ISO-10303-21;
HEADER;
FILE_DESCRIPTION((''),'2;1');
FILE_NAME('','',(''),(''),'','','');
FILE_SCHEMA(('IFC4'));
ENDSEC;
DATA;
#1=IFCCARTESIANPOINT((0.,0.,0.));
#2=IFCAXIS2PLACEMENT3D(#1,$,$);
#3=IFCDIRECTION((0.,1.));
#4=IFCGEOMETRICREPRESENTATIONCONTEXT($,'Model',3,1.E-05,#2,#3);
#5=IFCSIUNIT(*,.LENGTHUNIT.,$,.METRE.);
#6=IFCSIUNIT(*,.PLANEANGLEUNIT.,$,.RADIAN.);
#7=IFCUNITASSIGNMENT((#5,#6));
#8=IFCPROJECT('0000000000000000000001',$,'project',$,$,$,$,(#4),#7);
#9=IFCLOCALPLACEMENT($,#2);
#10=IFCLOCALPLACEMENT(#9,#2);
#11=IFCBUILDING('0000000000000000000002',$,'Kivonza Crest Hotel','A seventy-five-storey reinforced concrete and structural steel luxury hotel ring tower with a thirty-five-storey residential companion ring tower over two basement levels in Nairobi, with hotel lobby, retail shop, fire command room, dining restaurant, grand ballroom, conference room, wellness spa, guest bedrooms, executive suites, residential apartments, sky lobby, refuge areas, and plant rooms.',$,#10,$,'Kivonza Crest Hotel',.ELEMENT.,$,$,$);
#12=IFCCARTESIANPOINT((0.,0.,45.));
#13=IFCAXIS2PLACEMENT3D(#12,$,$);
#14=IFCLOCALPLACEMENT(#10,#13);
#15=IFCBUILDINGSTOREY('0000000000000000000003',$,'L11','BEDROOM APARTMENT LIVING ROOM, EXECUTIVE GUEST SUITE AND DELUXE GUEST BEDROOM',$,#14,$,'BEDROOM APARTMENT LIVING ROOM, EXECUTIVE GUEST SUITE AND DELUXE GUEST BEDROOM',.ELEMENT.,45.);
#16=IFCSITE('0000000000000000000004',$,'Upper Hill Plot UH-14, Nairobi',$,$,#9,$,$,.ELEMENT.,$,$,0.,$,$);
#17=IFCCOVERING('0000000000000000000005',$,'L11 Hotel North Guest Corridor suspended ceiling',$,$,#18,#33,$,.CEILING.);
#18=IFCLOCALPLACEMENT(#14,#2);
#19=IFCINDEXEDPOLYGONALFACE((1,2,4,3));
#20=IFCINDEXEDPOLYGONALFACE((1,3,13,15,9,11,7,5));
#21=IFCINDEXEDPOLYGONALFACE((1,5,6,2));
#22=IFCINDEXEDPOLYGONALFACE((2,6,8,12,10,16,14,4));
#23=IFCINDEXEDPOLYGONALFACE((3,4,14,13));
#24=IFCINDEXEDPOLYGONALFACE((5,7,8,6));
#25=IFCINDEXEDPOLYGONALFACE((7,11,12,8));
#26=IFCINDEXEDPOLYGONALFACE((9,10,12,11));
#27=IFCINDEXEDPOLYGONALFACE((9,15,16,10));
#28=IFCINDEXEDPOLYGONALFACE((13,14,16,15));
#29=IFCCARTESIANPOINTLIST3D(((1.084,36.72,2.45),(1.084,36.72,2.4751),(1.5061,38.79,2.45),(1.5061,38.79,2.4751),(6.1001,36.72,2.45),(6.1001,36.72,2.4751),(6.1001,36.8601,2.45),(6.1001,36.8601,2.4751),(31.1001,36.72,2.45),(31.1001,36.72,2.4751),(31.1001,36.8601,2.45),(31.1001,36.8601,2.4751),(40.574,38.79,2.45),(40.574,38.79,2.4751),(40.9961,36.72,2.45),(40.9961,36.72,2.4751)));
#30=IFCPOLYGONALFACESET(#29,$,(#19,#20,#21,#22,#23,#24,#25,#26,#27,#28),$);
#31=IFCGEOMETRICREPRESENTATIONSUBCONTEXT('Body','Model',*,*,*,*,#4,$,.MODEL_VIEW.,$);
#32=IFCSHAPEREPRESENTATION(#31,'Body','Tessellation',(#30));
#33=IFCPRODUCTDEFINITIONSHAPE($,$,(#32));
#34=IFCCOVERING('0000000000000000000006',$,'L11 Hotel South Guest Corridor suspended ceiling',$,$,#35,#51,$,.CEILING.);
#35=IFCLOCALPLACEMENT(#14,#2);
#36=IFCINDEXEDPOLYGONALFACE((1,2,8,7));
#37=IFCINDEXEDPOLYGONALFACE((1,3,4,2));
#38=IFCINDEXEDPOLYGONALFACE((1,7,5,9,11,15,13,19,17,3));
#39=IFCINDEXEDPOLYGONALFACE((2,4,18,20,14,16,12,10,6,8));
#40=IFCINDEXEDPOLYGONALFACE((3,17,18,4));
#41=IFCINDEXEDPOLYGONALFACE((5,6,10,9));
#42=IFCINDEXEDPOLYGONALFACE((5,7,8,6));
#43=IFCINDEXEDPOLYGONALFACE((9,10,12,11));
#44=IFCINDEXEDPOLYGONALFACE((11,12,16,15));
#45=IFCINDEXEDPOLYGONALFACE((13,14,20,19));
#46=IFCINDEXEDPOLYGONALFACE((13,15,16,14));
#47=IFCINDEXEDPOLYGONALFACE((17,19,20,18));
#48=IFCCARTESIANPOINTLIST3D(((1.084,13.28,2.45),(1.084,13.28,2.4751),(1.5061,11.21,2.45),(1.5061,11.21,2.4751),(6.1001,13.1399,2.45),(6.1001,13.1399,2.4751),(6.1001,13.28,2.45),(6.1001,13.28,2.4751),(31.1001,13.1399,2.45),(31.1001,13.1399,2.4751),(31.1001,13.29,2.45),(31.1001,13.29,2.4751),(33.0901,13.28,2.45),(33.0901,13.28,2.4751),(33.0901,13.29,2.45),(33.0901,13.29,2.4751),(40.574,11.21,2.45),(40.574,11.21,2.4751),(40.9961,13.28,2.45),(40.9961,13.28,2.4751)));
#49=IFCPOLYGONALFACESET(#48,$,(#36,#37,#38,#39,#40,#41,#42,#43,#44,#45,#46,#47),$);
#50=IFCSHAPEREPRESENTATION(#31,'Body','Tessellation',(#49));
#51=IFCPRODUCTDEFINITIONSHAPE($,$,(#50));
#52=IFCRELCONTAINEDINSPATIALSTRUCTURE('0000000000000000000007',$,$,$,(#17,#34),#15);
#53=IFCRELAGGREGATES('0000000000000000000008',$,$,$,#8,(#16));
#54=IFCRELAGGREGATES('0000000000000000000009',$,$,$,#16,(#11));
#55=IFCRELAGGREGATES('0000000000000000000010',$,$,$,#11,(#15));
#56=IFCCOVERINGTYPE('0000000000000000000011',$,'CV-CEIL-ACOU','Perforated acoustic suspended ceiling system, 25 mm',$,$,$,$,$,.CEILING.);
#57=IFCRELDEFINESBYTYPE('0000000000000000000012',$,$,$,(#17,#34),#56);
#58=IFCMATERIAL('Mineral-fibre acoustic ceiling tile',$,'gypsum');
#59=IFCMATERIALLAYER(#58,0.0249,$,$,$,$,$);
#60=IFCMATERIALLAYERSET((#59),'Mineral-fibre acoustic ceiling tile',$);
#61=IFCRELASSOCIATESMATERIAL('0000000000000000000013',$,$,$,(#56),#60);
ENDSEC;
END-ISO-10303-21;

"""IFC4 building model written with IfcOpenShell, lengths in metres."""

from ifc_helpers import new_model, si_unit, direction, frame, origin, place, context, subcontext, project, spatial, polyline, outline, extrude, material, layer, layer_set, type_object, element, save


model = new_model("IFC4")

# Units and contexts
model_context = context("Model", 3, precision=1e-05, world=origin(), true_north=direction((0.0, 1.0)))
body_context = subcontext(model_context, "Body", "Model", "MODEL_VIEW")
ifc_project = project(units=[si_unit("LENGTHUNIT", "METRE"), si_unit("PLANEANGLEUNIT", "RADIAN")], contexts=[model_context])

# Site, building, storey
site_placement = place(None, origin())
site = spatial("IfcSite", under=ifc_project, at=site_placement, Name="Upper Hill Plot UH-14, Nairobi", CompositionType="ELEMENT", RefElevation=0.0)
building_placement = place(site_placement, origin())
building = spatial("IfcBuilding", under=site, at=building_placement, Name="Kivonza Crest Hotel", Description="A seventy-five-storey reinforced concrete and structural steel luxury hotel ring tower with a thirty-five-storey residential companion ring tower over two basement levels in Nairobi, with hotel lobby, retail shop, fire command room, dining restaurant, grand ballroom, conference room, wellness spa, guest bedrooms, executive suites, residential apartments, sky lobby, refuge areas, and plant rooms.", LongName="Kivonza Crest Hotel", CompositionType="ELEMENT")
storey_placement = place(building_placement, frame((0.0, 0.0, 45.0)))
storey = spatial("IfcBuildingStorey", under=building, at=storey_placement, Name="L11", Description="BEDROOM APARTMENT LIVING ROOM, EXECUTIVE GUEST SUITE AND DELUXE GUEST BEDROOM", LongName="BEDROOM APARTMENT LIVING ROOM, EXECUTIVE GUEST SUITE AND DELUXE GUEST BEDROOM", CompositionType="ELEMENT", Elevation=45.0)

# Coverings
ifc_material_1 = material(Name="Mineral-fibre acoustic ceiling tile", Category="gypsum")
ifc_layer_1 = layer(ifc_material_1, 0.0249)
ifc_layer_set_1 = layer_set([ifc_layer_1], Name="Mineral-fibre acoustic ceiling tile")
covering_type = type_object("IfcCoveringType", Name="CV-CEIL-ACOU", Description="Perforated acoustic suspended ceiling system, 25 mm", PredefinedType="CEILING", material=ifc_layer_set_1)
covering_1_placement = place(storey_placement, frame((0.0, 0.0, 2.45)))
element("IfcCovering", 1, at=covering_1_placement, inside=storey, type_object=covering_type, Name="L11 Hotel North Guest Corridor suspended ceiling", PredefinedType="CEILING", context=body_context, shape_type="SweptSolid", body=[
    extrude(outline(polyline([(1.5061, 38.79), (1.084, 36.72), (6.1001, 36.72), (6.1001, 36.8601), (31.1001, 36.8601), (31.1001, 36.72), (40.9961, 36.72), (40.574, 38.79), (1.5061, 38.79)])), origin(), (0.0, 0.0, 1.0), 0.0251),
])
covering_2_placement = place(storey_placement, frame((0.0, 0.0, 2.45)))
element("IfcCovering", 2, at=covering_2_placement, inside=storey, type_object=covering_type, Name="L11 Hotel South Guest Corridor suspended ceiling", PredefinedType="CEILING", context=body_context, shape_type="SweptSolid", body=[
    extrude(outline(polyline([(31.1001, 13.29), (31.1001, 13.1399), (6.1001, 13.1399), (6.1001, 13.28), (1.084, 13.28), (1.5061, 11.21), (40.574, 11.21), (40.9961, 13.28), (33.0901, 13.28), (33.0901, 13.29), (31.1001, 13.29)])), origin(), (0.0, 0.0, 1.0), 0.0251),
])

save(model, "model.ifc")
